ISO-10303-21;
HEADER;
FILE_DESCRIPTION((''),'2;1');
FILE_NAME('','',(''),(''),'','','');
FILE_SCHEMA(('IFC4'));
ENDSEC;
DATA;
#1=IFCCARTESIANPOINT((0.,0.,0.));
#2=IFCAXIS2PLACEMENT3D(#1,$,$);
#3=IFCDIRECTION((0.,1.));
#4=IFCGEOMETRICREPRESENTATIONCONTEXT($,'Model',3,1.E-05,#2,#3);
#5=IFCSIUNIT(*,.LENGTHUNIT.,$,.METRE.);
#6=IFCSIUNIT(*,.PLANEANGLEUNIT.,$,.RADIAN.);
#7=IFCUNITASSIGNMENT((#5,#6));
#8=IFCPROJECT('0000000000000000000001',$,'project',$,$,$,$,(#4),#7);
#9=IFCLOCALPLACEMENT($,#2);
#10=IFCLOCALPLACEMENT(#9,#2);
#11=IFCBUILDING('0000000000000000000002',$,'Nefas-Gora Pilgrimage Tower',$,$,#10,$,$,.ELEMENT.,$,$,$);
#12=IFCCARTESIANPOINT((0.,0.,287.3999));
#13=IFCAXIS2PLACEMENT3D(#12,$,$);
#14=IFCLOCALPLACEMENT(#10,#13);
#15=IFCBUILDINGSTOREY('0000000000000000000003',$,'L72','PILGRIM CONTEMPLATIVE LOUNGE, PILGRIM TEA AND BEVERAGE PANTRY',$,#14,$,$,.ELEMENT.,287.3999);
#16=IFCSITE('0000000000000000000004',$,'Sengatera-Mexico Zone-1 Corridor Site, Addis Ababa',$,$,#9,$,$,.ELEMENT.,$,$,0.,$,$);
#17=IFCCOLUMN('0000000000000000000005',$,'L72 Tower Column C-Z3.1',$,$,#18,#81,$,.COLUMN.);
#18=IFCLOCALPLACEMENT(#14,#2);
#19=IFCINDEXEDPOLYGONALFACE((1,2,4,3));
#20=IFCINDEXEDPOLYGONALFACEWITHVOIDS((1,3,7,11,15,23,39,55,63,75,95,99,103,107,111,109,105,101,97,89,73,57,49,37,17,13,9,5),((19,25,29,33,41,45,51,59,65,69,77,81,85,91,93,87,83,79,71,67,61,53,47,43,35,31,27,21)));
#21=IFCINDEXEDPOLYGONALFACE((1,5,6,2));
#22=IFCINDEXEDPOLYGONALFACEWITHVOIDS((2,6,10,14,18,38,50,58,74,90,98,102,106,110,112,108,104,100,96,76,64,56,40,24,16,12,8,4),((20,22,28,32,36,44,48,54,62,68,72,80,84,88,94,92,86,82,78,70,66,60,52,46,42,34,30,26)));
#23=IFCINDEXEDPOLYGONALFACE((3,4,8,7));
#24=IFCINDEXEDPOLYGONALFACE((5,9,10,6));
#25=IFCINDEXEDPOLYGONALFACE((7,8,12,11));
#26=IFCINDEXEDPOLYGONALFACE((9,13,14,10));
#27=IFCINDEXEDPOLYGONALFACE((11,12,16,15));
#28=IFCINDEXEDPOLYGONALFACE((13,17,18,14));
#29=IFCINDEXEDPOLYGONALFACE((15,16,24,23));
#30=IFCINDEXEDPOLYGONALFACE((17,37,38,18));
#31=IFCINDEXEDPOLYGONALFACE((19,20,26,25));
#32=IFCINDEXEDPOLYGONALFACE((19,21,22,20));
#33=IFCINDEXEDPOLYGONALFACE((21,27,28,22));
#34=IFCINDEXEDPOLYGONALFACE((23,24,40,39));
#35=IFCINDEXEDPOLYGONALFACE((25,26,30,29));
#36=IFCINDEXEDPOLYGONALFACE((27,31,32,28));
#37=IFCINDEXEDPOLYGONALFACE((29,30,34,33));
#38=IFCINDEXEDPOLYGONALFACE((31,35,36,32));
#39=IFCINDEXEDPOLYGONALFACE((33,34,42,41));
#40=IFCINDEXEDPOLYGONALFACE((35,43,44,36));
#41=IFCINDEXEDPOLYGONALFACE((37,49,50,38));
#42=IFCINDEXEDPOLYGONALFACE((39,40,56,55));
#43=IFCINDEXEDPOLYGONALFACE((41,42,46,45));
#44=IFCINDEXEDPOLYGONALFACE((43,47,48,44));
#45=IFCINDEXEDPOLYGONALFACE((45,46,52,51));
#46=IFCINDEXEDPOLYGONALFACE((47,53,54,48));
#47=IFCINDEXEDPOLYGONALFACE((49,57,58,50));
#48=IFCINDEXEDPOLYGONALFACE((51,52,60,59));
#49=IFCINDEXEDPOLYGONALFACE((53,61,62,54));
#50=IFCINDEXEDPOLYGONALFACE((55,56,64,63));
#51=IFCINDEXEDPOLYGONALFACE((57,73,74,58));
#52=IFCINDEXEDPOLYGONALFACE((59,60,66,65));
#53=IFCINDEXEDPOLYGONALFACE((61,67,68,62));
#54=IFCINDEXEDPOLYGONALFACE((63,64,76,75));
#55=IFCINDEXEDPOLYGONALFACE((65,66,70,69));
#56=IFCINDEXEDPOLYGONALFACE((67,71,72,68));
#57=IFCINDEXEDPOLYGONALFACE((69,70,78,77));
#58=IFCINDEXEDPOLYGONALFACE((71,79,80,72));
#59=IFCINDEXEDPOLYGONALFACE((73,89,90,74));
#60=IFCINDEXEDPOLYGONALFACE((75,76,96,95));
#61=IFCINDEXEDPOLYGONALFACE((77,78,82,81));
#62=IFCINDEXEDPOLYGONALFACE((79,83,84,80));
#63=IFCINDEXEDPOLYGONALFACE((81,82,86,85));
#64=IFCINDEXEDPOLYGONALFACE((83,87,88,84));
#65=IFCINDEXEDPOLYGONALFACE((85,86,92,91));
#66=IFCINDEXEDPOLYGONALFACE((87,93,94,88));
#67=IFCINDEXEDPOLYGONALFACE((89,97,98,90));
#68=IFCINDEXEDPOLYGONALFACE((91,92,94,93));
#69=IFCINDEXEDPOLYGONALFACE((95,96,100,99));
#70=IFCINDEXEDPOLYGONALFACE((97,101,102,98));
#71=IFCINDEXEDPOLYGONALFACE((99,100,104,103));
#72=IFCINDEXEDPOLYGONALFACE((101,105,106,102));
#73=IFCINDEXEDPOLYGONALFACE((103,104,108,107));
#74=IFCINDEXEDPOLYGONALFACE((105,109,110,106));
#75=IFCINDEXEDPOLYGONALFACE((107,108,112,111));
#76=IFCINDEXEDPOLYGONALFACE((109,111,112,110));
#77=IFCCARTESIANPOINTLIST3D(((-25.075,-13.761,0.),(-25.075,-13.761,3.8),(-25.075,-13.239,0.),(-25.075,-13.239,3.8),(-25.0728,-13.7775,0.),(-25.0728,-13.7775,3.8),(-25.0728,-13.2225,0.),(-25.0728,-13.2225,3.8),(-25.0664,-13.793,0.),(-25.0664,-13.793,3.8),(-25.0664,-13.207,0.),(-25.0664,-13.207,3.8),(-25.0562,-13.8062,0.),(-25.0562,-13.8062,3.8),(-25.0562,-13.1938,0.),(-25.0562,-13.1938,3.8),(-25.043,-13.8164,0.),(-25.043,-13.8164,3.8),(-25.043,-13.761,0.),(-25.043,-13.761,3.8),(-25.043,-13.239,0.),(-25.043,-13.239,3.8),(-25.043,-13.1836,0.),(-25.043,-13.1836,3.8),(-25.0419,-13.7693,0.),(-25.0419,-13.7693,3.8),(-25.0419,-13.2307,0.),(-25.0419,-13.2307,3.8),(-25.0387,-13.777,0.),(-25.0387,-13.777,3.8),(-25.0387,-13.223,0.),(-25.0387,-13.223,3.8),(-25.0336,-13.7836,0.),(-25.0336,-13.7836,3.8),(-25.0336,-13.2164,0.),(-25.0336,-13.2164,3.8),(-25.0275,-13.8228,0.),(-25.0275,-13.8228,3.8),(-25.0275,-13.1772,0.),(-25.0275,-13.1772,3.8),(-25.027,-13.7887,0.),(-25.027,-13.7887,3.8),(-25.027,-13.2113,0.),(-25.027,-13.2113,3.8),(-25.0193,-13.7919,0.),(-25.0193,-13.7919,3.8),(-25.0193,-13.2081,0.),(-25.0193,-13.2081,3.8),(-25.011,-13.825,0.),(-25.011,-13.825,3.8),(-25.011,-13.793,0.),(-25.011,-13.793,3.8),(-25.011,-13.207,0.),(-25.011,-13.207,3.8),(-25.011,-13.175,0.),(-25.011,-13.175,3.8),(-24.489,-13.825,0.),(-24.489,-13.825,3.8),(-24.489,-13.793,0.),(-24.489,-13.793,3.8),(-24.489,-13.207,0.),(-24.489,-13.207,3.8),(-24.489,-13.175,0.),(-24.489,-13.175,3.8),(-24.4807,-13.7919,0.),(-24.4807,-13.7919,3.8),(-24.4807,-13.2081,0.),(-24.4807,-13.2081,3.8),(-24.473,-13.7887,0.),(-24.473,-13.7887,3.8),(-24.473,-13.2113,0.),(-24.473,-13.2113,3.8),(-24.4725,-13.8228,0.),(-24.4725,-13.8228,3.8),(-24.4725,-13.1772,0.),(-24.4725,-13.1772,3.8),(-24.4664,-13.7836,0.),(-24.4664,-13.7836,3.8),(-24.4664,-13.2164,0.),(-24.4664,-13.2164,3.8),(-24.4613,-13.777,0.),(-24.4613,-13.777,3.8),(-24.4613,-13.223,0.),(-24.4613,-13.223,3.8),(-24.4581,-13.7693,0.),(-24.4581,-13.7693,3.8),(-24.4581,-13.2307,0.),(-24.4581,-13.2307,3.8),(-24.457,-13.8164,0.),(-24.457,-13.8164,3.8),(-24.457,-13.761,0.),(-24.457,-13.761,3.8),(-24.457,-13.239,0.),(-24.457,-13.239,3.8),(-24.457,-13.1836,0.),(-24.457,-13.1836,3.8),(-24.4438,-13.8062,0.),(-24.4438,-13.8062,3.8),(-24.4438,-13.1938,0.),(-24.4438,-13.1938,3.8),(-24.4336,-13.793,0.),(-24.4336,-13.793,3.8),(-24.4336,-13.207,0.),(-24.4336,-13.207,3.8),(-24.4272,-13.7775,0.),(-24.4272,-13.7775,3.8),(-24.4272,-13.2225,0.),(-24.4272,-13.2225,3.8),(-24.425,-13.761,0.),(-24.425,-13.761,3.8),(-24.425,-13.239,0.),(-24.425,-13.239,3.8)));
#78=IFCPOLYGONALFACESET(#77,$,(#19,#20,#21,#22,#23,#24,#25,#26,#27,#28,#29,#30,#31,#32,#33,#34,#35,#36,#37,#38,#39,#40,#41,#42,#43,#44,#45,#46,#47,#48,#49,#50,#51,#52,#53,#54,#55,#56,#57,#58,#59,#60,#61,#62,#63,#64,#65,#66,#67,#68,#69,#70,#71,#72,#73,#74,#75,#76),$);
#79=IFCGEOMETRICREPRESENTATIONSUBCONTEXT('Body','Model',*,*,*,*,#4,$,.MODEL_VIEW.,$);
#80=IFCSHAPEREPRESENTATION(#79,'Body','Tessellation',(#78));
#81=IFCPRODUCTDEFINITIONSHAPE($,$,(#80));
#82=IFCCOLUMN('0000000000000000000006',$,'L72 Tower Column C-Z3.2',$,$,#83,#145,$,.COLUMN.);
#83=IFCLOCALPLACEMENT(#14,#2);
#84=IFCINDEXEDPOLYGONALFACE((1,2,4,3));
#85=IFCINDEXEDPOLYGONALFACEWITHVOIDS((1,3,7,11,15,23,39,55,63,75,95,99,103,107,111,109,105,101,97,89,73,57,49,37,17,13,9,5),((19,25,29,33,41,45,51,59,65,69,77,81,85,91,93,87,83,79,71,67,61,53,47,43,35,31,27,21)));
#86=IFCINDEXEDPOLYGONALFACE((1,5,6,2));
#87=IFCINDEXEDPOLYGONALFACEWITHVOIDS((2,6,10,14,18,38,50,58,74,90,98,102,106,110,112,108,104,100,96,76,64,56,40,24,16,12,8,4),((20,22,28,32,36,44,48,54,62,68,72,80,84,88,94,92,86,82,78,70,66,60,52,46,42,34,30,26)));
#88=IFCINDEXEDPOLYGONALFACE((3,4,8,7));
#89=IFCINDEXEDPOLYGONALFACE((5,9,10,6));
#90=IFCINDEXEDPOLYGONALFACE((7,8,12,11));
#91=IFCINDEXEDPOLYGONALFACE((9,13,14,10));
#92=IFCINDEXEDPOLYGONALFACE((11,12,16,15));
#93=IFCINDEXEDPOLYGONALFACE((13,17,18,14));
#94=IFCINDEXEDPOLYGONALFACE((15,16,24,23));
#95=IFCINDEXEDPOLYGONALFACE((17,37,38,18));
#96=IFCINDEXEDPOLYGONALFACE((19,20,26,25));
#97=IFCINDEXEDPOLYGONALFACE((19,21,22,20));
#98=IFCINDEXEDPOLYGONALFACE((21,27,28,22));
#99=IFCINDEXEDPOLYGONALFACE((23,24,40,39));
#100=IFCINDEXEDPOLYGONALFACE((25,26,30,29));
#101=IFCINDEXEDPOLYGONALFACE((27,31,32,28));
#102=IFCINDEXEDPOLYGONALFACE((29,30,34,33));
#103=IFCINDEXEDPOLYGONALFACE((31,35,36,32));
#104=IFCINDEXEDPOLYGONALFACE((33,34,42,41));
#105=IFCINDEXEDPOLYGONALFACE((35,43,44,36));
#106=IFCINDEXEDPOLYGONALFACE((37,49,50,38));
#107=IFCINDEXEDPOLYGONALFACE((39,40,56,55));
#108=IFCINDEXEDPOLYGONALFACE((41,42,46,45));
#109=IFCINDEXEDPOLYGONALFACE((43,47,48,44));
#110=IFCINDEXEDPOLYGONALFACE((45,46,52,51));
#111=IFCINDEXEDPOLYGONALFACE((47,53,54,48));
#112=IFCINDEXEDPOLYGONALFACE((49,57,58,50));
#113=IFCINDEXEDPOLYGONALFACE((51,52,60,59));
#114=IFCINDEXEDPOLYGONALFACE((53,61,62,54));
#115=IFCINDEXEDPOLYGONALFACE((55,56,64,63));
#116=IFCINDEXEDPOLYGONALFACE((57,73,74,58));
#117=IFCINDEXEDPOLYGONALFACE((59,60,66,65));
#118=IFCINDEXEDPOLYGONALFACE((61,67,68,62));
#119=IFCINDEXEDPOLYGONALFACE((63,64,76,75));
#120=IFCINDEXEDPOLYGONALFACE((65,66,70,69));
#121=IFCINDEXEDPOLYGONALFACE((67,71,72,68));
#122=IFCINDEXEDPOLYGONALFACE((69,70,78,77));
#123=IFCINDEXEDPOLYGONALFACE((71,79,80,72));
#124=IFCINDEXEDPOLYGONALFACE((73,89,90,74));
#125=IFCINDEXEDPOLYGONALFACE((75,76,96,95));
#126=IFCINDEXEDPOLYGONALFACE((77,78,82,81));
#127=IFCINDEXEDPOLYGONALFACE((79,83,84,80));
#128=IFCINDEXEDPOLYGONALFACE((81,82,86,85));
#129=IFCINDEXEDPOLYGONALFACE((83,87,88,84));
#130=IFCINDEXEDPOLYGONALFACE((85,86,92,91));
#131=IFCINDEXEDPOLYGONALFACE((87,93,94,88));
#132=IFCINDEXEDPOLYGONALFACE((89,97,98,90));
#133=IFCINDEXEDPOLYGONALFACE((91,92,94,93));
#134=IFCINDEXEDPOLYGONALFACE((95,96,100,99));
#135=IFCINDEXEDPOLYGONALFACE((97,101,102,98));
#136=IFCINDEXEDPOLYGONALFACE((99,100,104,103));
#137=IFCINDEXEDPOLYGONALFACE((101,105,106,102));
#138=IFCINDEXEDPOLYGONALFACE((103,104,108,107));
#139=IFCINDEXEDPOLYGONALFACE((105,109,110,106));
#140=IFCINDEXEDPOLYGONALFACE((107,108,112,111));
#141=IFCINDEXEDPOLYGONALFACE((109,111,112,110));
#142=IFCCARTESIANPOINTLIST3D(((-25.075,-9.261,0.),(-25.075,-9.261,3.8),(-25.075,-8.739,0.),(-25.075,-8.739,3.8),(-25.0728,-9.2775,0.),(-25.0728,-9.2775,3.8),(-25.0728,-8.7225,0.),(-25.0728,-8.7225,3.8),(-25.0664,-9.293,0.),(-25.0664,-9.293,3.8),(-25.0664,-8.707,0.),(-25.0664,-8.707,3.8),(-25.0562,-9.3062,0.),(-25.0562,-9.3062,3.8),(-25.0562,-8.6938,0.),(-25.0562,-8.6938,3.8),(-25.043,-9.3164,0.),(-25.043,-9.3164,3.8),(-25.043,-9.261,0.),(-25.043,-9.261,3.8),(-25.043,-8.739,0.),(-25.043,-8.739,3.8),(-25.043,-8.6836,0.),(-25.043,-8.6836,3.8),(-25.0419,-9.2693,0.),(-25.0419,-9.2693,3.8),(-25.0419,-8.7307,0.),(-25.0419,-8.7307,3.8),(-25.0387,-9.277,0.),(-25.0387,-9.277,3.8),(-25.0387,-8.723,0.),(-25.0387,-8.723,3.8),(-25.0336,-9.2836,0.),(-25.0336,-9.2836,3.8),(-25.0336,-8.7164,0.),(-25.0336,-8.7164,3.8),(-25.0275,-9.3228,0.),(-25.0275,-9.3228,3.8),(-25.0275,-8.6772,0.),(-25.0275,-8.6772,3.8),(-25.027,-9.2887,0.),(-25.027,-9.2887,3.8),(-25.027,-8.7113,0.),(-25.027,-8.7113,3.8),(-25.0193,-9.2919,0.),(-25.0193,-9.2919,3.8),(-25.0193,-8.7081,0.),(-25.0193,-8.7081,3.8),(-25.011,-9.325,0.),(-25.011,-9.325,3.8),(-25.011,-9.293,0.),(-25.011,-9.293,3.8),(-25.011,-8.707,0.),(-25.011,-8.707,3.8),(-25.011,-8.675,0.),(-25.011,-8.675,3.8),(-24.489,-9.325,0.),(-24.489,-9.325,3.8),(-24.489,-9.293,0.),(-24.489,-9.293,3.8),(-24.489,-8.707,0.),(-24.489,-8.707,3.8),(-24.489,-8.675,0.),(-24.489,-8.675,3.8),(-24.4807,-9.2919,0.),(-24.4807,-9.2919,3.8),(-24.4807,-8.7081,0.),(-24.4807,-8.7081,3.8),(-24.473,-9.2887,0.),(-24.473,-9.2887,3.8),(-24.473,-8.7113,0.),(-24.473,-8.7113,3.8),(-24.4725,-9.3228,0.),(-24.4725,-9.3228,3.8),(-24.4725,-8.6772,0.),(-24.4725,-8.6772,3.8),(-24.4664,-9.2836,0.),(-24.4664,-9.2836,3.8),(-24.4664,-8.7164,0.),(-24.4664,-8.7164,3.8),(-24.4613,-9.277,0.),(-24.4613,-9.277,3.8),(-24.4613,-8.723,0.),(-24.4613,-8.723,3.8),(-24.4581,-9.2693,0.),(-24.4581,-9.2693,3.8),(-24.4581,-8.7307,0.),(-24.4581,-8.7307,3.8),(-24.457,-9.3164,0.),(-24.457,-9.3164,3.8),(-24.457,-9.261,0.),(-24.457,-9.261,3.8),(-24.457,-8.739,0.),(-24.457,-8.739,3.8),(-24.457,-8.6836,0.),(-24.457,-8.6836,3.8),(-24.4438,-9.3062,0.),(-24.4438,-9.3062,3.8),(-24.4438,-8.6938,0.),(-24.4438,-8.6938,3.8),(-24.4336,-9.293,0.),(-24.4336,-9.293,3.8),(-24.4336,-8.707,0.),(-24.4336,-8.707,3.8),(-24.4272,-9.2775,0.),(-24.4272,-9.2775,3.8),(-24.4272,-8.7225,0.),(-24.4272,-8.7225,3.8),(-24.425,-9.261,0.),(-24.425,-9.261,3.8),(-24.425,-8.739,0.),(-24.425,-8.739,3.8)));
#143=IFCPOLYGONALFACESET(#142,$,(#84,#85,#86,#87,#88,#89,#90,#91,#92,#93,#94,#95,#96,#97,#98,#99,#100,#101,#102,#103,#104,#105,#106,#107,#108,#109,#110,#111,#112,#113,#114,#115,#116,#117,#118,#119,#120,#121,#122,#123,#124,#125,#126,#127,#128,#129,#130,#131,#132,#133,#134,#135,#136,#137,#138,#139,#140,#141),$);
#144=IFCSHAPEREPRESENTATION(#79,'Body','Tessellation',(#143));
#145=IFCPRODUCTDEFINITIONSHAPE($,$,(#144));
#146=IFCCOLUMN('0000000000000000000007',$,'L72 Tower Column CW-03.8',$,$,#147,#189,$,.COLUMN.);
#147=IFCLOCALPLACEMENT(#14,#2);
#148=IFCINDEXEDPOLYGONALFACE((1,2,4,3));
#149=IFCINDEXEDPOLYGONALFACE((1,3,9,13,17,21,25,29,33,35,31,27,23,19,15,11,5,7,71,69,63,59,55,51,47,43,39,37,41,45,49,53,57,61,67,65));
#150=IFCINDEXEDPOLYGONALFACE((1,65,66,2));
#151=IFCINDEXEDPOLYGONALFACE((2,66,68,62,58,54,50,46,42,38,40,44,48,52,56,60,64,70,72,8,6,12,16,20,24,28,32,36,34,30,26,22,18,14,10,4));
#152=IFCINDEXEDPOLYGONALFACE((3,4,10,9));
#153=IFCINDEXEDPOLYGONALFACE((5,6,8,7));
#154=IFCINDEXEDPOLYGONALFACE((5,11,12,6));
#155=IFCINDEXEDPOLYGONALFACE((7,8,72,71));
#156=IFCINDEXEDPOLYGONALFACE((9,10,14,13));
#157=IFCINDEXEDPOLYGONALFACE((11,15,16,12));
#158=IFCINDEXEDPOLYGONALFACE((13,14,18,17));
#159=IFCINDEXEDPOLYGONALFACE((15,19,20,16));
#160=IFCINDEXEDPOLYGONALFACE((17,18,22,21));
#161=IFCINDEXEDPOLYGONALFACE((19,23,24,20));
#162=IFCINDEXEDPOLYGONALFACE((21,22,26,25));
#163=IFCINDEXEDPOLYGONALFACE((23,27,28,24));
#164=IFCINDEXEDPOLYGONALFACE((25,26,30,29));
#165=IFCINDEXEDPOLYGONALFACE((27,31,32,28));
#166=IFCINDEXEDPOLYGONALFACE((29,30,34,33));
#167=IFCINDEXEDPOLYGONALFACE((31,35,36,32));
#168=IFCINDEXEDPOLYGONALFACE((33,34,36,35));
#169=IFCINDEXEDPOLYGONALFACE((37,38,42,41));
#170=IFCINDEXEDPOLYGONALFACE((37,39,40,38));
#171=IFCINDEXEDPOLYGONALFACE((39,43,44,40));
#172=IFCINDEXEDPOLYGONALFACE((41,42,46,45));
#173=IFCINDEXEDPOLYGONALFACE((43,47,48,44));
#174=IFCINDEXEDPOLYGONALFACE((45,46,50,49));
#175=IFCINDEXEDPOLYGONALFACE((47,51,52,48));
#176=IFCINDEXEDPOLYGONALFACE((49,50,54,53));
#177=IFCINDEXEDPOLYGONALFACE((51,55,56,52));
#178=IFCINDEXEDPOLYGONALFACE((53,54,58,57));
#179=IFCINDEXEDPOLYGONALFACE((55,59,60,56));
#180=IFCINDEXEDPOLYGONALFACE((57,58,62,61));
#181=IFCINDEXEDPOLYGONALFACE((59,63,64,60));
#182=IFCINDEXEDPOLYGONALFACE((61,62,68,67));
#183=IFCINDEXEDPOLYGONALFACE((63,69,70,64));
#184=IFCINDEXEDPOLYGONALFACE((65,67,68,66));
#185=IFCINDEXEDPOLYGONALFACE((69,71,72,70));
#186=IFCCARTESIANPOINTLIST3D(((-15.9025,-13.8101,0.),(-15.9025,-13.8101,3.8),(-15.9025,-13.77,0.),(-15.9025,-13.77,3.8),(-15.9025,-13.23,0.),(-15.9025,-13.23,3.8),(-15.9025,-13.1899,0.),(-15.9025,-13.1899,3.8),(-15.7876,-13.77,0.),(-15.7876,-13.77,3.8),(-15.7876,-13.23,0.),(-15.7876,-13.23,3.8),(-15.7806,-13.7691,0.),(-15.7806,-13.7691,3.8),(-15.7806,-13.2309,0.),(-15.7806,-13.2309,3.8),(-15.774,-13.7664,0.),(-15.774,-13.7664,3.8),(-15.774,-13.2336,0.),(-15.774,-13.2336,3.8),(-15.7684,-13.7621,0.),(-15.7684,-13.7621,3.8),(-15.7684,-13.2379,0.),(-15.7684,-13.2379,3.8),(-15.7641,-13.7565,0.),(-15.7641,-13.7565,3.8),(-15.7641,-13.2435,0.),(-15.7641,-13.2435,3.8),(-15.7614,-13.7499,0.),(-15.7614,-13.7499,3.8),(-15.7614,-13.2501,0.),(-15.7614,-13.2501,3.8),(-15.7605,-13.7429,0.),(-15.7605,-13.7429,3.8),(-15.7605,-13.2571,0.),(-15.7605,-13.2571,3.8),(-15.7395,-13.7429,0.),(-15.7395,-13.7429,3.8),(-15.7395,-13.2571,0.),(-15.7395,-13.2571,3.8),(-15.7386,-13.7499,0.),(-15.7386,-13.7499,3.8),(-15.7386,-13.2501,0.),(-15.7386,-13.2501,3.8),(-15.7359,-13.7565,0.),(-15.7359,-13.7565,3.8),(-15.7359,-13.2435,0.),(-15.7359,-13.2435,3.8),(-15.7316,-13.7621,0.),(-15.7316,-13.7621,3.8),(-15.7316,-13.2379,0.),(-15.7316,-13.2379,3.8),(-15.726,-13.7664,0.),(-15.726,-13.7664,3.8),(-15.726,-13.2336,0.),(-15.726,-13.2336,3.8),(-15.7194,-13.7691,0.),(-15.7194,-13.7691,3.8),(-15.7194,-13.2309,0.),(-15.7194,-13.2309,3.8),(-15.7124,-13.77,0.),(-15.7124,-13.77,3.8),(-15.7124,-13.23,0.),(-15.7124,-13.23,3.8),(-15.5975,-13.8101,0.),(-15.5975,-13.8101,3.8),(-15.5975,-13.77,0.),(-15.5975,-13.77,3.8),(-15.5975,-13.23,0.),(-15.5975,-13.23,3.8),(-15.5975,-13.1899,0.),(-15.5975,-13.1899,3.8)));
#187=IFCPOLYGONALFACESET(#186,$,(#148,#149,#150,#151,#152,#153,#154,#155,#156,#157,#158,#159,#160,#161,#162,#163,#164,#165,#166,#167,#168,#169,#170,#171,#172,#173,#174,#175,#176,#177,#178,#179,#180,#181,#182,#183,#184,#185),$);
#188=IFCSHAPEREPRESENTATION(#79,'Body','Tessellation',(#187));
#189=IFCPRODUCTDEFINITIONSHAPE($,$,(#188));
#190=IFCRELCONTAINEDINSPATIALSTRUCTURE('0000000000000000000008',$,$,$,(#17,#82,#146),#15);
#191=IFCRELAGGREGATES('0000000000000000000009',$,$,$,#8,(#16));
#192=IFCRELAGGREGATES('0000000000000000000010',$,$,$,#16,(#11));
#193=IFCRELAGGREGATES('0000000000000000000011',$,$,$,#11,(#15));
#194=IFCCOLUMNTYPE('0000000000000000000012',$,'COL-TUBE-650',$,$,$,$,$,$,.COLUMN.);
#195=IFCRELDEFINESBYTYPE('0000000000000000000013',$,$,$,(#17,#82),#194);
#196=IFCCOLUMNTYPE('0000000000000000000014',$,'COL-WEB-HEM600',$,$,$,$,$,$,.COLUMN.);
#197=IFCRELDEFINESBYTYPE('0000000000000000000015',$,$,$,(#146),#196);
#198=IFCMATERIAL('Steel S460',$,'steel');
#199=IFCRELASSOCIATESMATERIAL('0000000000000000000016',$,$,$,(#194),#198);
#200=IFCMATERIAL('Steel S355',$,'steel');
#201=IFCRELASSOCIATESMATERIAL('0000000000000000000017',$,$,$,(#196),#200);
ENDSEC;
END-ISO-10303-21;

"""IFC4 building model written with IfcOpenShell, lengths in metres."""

from ifc_helpers import new_model, si_unit, direction, frame, origin, origin_2d, place, context, subcontext, project, spatial, hollow_rectangle, i_section, extrude, source, transform, mapped, material, material_profile, profile_set, type_object, element, save


model = new_model("IFC4")

# Units and contexts
model_context = context("Model", 3, precision=1e-05, world=origin(), true_north=direction((0.0, 1.0)))
body_context = subcontext(model_context, "Body", "Model", "MODEL_VIEW")
ifc_project = project(units=[si_unit("LENGTHUNIT", "METRE"), si_unit("PLANEANGLEUNIT", "RADIAN")], contexts=[model_context])

# Site, building, storey
site_placement = place(None, origin())
site = spatial("IfcSite", under=ifc_project, at=site_placement, Name="Sengatera-Mexico Zone-1 Corridor Site, Addis Ababa", CompositionType="ELEMENT", RefElevation=0.0)
building_placement = place(site_placement, origin())
building = spatial("IfcBuilding", under=site, at=building_placement, Name="Nefas-Gora Pilgrimage Tower", CompositionType="ELEMENT")
storey_placement = place(building_placement, frame((0.0, 0.0, 287.3999)))
storey = spatial("IfcBuildingStorey", under=building, at=storey_placement, Name="L72", Description="PILGRIM CONTEMPLATIVE LOUNGE, PILGRIM TEA AND BEVERAGE PANTRY", CompositionType="ELEMENT", Elevation=287.3999)

# Columns
ifc_material_1 = material(Name="Steel S460", Category="steel")
ifc_material_profile_1 = material_profile(ifc_material_1, hollow_rectangle(XDim=0.6499, YDim=0.6499, WallThickness=0.032, InnerFilletRadius=0.032, OuterFilletRadius=0.064, at=origin_2d()), Name="BOX 650x650x32")
ifc_profile_set_1 = profile_set([ifc_material_profile_1], Name="Steel S460")
column_type_1 = type_object("IfcColumnType", Name="COL-TUBE-650", PredefinedType="COLUMN", material=ifc_profile_set_1)
shared_shape_1 = source(origin(), body_context, "Body", "SweptSolid", [
    extrude(hollow_rectangle(XDim=0.6499, YDim=0.6499, WallThickness=0.032, InnerFilletRadius=0.032, OuterFilletRadius=0.064, at=origin_2d()), origin(), (0.0, 0.0, 1.0), 3.8),
])
for number, where, z_axis, x_axis, name in (
    (1, (-24.75, -13.5, 0.0), (0.0, 0.0, 1.0), (1.0, 0.0, 0.0), "L72 Tower Column C-Z3.1"),
    (2, (-24.75, -9.0, 0.0), (0.0, 0.0, 1.0), (1.0, 0.0, 0.0), "L72 Tower Column C-Z3.2"),
):
    element("IfcColumn", number, at=place(storey_placement, frame(where, z_axis=z_axis, x_axis=x_axis)), inside=storey, type_object=column_type_1, Name=name, PredefinedType="COLUMN", context=body_context, shape_type="MappedRepresentation", body=[
        mapped(shared_shape_1, transform((0.0, 0.0, 0.0), x_axis=(1.0, 0.0, 0.0), y_axis=(0.0, 1.0, 0.0), z_axis=(0.0, 0.0, 1.0), scale=1.0)),
    ])
ifc_material_2 = material(Name="Steel S355", Category="steel")
ifc_material_profile_2 = material_profile(ifc_material_2, i_section(OverallWidth=0.3049, OverallDepth=0.6201, WebThickness=0.021, FlangeThickness=0.04, FilletRadius=0.0271, at=origin_2d()), Name="HEM 600")
ifc_profile_set_2 = profile_set([ifc_material_profile_2], Name="Steel S355")
column_type_2 = type_object("IfcColumnType", Name="COL-WEB-HEM600", PredefinedType="COLUMN", material=ifc_profile_set_2)
shared_shape_2 = source(origin(), body_context, "Body", "SweptSolid", [
    extrude(i_section(OverallWidth=0.3049, OverallDepth=0.6201, WebThickness=0.021, FlangeThickness=0.04, FilletRadius=0.0271, at=origin_2d()), origin(), (0.0, 0.0, 1.0), 3.8),
])
for number, where, z_axis, x_axis, name in (
    (3, (-15.75, -13.5, 0.0), (0.0, 0.0, 1.0), (1.0, 0.0, 0.0), "L72 Tower Column CW-03.8"),
):
    element("IfcColumn", number, at=place(storey_placement, frame(where, z_axis=z_axis, x_axis=x_axis)), inside=storey, type_object=column_type_2, Name=name, PredefinedType="COLUMN", context=body_context, shape_type="MappedRepresentation", body=[
        mapped(shared_shape_2, transform((0.0, 0.0, 0.0), x_axis=(1.0, 0.0, 0.0), y_axis=(0.0, 1.0, 0.0), z_axis=(0.0, 0.0, 1.0), scale=1.0)),
    ])

save(model, "model.ifc")
